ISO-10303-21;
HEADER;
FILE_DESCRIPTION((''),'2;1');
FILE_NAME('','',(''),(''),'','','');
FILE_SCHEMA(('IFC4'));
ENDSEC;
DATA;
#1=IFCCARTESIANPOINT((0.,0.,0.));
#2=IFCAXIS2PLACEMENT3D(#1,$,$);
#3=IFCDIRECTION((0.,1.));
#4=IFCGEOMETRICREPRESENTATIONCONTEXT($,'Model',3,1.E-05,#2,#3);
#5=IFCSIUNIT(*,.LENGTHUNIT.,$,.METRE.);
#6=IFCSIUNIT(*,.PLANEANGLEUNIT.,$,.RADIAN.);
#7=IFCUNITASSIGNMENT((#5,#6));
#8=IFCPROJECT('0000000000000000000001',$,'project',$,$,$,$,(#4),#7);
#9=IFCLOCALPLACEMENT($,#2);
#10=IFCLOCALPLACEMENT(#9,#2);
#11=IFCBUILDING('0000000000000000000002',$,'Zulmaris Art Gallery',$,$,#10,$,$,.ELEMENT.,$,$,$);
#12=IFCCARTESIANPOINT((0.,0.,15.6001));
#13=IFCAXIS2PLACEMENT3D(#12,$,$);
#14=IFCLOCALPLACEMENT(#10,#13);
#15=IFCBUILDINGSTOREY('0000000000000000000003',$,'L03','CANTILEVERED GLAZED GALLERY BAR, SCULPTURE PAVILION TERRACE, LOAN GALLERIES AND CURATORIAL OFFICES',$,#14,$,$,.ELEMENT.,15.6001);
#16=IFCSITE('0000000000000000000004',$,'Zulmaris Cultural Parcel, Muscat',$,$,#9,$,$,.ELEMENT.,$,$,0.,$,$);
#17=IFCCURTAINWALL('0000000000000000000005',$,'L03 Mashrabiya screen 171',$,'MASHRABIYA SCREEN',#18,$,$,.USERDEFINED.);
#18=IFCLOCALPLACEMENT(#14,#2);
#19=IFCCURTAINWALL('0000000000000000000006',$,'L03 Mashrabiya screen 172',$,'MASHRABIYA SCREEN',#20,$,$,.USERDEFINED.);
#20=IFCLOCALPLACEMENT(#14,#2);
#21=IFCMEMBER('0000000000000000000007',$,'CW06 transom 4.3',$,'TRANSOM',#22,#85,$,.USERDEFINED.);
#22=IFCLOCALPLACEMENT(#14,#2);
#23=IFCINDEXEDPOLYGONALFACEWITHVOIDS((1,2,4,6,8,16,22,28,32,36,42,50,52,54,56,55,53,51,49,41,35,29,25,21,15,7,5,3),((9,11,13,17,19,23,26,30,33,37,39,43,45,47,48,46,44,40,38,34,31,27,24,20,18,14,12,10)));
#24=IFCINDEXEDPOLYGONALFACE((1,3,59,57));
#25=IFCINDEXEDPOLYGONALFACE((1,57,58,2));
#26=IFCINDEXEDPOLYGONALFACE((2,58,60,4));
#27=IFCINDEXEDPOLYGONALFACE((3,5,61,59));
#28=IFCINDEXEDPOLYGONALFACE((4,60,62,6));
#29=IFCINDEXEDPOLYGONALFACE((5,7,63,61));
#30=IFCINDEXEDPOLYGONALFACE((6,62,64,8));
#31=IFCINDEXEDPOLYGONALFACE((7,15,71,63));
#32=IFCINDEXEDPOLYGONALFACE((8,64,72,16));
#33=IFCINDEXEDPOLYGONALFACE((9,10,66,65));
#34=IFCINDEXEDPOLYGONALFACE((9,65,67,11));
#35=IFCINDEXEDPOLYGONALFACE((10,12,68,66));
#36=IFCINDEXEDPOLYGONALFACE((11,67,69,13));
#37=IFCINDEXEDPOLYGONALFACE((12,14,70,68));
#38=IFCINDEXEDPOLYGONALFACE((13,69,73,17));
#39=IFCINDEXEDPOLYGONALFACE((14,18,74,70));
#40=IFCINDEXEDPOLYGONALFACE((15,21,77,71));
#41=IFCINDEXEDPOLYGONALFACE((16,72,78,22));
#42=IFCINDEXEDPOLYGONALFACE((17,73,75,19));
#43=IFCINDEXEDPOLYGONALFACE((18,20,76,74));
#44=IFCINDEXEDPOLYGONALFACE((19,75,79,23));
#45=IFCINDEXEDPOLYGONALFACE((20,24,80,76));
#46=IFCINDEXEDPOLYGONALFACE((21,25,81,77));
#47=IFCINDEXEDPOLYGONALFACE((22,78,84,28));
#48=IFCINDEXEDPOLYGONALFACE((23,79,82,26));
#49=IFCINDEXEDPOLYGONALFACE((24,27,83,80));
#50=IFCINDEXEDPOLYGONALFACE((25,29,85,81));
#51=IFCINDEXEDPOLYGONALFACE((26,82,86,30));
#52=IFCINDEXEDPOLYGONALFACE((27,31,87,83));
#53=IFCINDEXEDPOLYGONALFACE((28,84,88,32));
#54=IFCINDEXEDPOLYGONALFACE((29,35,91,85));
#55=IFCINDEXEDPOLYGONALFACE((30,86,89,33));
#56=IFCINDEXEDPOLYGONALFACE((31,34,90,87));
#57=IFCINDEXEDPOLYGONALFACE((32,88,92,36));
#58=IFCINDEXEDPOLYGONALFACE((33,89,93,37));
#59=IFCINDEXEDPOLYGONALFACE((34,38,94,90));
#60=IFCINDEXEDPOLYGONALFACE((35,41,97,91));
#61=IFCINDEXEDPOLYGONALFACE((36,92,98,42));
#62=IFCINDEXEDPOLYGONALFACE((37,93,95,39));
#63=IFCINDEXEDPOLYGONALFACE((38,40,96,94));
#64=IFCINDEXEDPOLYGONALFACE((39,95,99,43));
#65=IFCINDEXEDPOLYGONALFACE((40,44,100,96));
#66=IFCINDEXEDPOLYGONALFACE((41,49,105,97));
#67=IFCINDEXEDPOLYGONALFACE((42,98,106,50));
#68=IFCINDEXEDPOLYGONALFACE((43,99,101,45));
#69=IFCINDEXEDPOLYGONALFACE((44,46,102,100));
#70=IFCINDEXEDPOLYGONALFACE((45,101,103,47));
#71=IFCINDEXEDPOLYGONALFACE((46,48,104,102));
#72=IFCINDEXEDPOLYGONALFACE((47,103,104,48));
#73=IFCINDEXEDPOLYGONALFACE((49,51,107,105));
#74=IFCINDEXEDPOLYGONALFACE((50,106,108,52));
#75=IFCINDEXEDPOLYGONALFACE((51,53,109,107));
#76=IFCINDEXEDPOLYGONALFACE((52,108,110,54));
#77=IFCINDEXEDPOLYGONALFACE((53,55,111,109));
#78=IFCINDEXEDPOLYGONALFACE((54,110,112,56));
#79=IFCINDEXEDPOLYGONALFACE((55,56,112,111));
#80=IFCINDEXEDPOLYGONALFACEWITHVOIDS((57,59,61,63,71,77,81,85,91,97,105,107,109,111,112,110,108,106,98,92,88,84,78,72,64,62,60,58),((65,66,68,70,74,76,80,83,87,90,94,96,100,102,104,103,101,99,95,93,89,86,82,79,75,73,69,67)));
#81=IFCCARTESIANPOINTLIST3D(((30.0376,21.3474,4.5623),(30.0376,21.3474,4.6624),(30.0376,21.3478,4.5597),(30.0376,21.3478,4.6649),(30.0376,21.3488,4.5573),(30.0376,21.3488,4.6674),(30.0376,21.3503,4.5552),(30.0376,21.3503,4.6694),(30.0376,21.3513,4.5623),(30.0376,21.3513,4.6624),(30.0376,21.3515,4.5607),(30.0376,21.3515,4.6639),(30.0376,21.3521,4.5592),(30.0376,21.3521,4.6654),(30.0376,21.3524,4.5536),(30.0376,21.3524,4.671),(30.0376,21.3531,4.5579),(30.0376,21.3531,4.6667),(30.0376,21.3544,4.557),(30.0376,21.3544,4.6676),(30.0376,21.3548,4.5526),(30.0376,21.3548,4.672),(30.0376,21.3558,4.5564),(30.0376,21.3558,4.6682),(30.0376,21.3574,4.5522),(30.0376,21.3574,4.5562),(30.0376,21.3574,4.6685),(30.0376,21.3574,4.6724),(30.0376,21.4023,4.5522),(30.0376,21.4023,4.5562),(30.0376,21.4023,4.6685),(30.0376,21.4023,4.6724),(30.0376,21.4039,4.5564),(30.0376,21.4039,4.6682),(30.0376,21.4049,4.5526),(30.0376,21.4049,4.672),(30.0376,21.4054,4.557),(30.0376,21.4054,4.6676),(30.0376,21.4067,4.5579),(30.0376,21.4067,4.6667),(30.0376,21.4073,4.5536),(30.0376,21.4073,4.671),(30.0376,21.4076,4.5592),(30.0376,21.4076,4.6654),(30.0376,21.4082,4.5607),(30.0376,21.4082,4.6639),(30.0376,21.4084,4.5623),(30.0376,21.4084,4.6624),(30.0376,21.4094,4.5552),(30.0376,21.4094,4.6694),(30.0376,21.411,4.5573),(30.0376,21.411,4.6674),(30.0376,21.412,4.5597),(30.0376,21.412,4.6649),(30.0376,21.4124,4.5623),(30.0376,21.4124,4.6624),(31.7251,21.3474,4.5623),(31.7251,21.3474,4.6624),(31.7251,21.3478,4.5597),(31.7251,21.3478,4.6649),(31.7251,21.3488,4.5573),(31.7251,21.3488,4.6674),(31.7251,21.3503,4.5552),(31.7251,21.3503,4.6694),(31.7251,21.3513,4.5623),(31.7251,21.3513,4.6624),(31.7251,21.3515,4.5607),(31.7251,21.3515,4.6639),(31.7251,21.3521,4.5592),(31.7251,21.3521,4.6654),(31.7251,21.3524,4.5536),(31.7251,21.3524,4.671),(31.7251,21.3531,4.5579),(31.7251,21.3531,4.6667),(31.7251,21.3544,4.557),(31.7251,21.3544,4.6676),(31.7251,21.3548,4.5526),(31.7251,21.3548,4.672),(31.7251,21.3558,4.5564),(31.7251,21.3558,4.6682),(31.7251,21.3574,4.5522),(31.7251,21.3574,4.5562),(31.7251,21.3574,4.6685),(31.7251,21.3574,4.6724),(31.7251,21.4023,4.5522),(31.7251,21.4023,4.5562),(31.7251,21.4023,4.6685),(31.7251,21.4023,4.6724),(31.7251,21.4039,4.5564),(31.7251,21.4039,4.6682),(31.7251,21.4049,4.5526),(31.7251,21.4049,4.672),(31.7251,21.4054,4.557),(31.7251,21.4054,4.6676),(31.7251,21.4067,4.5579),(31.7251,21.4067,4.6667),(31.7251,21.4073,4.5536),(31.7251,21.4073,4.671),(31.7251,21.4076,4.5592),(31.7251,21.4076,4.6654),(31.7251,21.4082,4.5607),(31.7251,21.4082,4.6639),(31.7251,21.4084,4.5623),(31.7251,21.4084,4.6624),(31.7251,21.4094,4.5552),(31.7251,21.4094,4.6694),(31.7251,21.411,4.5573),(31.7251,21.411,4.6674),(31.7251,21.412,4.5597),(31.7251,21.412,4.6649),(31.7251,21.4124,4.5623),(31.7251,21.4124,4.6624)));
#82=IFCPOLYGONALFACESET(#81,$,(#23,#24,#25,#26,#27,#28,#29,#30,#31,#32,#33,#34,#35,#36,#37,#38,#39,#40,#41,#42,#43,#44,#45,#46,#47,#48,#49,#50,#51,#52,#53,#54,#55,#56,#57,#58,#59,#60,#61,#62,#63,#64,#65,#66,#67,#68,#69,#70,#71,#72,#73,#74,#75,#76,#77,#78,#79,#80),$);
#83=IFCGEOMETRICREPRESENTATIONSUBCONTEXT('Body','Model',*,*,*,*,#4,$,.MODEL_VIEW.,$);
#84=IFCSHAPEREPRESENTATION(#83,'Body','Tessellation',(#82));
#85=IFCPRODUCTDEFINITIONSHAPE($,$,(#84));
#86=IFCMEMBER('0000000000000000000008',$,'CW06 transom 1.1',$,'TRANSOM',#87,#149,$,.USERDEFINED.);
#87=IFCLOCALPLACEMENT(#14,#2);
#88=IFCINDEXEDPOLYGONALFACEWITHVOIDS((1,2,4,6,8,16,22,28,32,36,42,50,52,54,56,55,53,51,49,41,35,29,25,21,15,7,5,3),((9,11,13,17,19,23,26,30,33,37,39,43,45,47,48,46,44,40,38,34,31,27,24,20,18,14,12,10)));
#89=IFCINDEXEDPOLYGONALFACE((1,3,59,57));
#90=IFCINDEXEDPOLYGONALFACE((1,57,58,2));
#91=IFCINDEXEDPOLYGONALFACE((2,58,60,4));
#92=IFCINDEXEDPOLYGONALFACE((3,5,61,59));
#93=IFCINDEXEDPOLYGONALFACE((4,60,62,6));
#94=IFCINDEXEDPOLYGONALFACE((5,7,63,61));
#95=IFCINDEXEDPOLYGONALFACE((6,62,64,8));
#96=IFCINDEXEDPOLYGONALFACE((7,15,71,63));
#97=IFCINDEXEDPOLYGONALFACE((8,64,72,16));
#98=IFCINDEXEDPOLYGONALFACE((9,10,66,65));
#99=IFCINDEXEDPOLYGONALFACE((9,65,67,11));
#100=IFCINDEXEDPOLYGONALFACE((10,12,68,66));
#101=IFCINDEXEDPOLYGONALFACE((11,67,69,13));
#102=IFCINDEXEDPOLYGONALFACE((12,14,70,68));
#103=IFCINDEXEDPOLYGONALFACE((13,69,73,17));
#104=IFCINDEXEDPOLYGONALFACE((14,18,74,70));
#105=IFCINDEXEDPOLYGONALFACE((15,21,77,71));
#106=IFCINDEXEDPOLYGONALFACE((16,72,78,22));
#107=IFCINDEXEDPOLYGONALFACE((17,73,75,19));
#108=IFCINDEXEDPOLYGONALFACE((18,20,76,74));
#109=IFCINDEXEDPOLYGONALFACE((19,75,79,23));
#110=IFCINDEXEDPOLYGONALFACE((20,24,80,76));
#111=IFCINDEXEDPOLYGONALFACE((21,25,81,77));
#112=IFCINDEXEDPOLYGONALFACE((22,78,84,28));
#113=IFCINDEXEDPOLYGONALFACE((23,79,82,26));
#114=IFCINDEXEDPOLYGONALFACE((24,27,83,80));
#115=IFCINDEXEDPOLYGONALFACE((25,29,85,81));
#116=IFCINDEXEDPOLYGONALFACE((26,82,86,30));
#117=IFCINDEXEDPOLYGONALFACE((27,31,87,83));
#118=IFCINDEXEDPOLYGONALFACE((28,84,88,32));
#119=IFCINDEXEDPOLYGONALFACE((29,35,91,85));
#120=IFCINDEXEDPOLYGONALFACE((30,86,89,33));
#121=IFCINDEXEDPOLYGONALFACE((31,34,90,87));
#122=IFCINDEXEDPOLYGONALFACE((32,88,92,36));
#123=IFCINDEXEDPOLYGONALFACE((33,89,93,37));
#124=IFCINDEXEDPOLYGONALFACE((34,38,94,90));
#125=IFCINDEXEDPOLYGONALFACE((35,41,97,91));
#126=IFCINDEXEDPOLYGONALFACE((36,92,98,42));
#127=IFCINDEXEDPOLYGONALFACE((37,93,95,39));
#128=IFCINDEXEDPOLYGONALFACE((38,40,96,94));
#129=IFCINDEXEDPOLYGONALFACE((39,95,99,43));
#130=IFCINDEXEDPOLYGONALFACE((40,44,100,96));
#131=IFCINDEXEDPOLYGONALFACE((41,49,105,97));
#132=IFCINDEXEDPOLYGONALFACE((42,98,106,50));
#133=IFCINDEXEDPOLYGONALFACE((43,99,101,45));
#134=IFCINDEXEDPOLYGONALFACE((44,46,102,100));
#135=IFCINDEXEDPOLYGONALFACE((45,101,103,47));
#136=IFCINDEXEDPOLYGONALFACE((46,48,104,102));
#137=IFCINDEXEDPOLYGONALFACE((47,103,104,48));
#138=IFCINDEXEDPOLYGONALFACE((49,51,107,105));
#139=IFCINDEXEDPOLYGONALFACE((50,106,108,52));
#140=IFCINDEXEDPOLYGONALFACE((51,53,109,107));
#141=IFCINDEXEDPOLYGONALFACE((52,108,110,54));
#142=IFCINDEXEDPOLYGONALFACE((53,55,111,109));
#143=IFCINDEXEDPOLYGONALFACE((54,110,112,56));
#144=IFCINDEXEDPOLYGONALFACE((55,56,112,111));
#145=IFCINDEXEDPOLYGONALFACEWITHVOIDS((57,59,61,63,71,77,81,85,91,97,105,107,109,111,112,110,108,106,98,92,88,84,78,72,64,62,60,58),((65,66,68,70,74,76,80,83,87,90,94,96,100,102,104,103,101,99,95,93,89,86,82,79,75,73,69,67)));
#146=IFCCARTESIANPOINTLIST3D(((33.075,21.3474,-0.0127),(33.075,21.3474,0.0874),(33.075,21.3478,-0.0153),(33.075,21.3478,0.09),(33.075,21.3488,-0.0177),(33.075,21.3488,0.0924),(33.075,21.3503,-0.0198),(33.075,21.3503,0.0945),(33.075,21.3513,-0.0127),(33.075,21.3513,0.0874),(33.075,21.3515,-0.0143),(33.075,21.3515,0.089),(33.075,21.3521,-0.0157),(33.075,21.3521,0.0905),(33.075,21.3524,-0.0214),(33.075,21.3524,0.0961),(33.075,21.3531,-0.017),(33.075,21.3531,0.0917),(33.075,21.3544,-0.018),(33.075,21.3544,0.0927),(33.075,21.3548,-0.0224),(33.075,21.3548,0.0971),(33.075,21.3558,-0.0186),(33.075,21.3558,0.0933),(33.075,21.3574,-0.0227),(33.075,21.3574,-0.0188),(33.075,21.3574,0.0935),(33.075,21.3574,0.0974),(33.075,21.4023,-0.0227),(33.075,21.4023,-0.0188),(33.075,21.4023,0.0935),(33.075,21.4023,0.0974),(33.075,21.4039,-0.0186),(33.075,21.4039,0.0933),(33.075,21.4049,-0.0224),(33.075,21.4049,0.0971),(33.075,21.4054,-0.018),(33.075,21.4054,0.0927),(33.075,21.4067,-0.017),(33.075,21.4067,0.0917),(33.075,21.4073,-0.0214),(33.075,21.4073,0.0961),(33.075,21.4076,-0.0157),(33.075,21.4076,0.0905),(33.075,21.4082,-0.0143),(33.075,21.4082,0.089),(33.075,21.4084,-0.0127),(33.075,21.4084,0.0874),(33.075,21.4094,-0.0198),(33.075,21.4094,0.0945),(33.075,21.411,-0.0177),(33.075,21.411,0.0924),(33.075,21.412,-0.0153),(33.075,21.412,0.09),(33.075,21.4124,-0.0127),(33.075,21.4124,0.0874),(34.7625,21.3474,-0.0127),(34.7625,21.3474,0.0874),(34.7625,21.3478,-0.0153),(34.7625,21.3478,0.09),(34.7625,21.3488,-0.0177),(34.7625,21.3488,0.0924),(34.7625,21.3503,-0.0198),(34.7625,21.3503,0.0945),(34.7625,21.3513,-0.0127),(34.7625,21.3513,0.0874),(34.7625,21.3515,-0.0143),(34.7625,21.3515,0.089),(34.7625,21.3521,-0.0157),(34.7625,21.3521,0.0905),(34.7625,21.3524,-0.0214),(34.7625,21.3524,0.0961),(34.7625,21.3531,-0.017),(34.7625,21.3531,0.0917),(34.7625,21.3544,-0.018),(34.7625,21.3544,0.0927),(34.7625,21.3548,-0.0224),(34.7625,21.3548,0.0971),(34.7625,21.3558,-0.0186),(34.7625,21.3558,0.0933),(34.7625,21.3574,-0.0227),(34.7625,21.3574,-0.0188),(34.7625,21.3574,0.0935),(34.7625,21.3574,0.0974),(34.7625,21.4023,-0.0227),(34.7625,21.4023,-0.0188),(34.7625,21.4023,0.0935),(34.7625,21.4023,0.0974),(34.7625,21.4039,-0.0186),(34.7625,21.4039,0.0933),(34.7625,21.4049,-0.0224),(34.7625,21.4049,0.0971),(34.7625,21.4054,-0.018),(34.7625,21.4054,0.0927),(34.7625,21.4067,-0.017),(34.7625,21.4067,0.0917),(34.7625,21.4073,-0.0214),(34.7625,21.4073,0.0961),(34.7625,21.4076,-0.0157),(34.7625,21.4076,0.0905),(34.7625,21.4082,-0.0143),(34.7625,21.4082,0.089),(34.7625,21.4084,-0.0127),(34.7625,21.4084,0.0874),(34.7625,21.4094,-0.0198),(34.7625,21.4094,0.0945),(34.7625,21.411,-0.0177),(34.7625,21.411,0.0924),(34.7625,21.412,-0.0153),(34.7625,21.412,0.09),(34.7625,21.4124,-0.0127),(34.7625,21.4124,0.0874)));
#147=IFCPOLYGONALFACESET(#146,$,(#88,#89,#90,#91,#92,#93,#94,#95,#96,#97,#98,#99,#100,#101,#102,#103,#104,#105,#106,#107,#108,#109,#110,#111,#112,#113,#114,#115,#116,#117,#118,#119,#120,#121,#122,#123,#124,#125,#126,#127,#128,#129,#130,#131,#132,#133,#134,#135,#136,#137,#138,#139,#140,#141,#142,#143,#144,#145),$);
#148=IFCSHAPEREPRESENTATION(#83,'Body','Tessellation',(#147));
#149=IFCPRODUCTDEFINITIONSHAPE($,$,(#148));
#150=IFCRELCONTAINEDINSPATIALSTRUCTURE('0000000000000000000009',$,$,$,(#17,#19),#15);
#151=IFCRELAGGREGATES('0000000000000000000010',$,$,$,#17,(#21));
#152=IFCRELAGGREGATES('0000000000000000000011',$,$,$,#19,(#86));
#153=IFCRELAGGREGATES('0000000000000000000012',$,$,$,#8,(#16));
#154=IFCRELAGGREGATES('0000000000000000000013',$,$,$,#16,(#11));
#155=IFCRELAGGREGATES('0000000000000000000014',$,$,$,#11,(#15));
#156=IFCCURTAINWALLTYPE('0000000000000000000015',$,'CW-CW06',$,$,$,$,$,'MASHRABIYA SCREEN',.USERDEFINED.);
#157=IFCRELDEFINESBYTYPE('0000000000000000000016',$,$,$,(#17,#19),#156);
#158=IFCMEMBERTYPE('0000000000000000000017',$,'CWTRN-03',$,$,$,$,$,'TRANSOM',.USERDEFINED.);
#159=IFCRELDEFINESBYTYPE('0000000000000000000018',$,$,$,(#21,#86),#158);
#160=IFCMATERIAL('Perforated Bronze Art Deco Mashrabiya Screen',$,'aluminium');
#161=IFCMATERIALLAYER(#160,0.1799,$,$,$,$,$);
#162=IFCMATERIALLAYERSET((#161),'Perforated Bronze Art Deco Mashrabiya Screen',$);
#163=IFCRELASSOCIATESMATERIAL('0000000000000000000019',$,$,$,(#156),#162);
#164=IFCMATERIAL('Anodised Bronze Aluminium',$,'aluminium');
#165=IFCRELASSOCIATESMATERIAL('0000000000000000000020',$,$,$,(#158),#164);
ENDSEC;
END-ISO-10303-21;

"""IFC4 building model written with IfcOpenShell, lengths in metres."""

from ifc_helpers import new_model, si_unit, direction, frame, origin, origin_2d, place, context, subcontext, project, spatial, hollow_rectangle, extrude, material, layer, layer_set, material_profile, profile_set, type_object, element, aggregate, save


model = new_model("IFC4")

# Units and contexts
model_context = context("Model", 3, precision=1e-05, world=origin(), true_north=direction((0.0, 1.0)))
body_context = subcontext(model_context, "Body", "Model", "MODEL_VIEW")
ifc_project = project(units=[si_unit("LENGTHUNIT", "METRE"), si_unit("PLANEANGLEUNIT", "RADIAN")], contexts=[model_context])

# Site, building, storey
site_placement = place(None, origin())
site = spatial("IfcSite", under=ifc_project, at=site_placement, Name="Zulmaris Cultural Parcel, Muscat", CompositionType="ELEMENT", RefElevation=0.0)
building_placement = place(site_placement, origin())
building = spatial("IfcBuilding", under=site, at=building_placement, Name="Zulmaris Art Gallery", CompositionType="ELEMENT")
storey_placement = place(building_placement, frame((0.0, 0.0, 15.6001)))
storey = spatial("IfcBuildingStorey", under=building, at=storey_placement, Name="L03", Description="CANTILEVERED GLAZED GALLERY BAR, SCULPTURE PAVILION TERRACE, LOAN GALLERIES AND CURATORIAL OFFICES", CompositionType="ELEMENT", Elevation=15.6001)

# Curtain walls
ifc_material_1 = material(Name="Perforated Bronze Art Deco Mashrabiya Screen", Category="aluminium")
ifc_layer_1 = layer(ifc_material_1, 0.1799)
ifc_layer_set_1 = layer_set([ifc_layer_1], Name="Perforated Bronze Art Deco Mashrabiya Screen")
curtain_wall_type = type_object("IfcCurtainWallType", Name="CW-CW06", ElementType="MASHRABIYA SCREEN", PredefinedType="USERDEFINED", material=ifc_layer_set_1)
curtain_wall_1_placement = place(storey_placement, origin())
curtain_wall_1 = element("IfcCurtainWall", 1, at=curtain_wall_1_placement, inside=storey, type_object=curtain_wall_type, Name="L03 Mashrabiya screen 171", ObjectType="MASHRABIYA SCREEN", PredefinedType="USERDEFINED")
ifc_material_2 = material(Name="Anodised Bronze Aluminium", Category="aluminium")
curtain_wall_2_placement = place(storey_placement, origin())
curtain_wall_2 = element("IfcCurtainWall", 2, at=curtain_wall_2_placement, inside=storey, type_object=curtain_wall_type, Name="L03 Mashrabiya screen 172", ObjectType="MASHRABIYA SCREEN", PredefinedType="USERDEFINED")

# Members
ifc_material_profile_1 = material_profile(ifc_material_2, hollow_rectangle(XDim=0.0649, YDim=0.1201, WallThickness=0.0039, InnerFilletRadius=0.0061, OuterFilletRadius=0.01, at=origin_2d()), Name="ALU 65x120x4")
ifc_profile_set_1 = profile_set([ifc_material_profile_1], Name="Anodised Bronze Aluminium")
member_type_1 = type_object("IfcMemberType", Name="CWTRN-03", ElementType="TRANSOM", PredefinedType="USERDEFINED", material=ifc_profile_set_1)
member_1_placement = place(storey_placement, frame((30.0376, 21.3799, 4.6123), z_axis=(1.0, 0.0, 0.0), x_axis=(0.0, 1.0, 0.0)))
member_1 = element("IfcMember", 3, at=member_1_placement, type_object=member_type_1, Name="CW06 transom 4.3", ObjectType="TRANSOM", PredefinedType="USERDEFINED", context=body_context, shape_type="SweptSolid", body=[
    extrude(hollow_rectangle(XDim=0.0649, YDim=0.1201, WallThickness=0.0039, InnerFilletRadius=0.0061, OuterFilletRadius=0.01, at=origin_2d()), origin(), (0.0, 0.0, 1.0), 1.6875),
])
member_2_placement = place(storey_placement, frame((33.075, 21.3799, 0.0374), z_axis=(1.0, 0.0, 0.0), x_axis=(0.0, 1.0, 0.0)))
member_2 = element("IfcMember", 4, at=member_2_placement, type_object=member_type_1, Name="CW06 transom 1.1", ObjectType="TRANSOM", PredefinedType="USERDEFINED", context=body_context, shape_type="SweptSolid", body=[
    extrude(hollow_rectangle(XDim=0.0649, YDim=0.1201, WallThickness=0.0039, InnerFilletRadius=0.0061, OuterFilletRadius=0.01, at=origin_2d()), origin(), (0.0, 0.0, 1.0), 1.6875),
])

aggregate(curtain_wall_1, [member_1])
aggregate(curtain_wall_2, [member_2])

save(model, "model.ifc")
